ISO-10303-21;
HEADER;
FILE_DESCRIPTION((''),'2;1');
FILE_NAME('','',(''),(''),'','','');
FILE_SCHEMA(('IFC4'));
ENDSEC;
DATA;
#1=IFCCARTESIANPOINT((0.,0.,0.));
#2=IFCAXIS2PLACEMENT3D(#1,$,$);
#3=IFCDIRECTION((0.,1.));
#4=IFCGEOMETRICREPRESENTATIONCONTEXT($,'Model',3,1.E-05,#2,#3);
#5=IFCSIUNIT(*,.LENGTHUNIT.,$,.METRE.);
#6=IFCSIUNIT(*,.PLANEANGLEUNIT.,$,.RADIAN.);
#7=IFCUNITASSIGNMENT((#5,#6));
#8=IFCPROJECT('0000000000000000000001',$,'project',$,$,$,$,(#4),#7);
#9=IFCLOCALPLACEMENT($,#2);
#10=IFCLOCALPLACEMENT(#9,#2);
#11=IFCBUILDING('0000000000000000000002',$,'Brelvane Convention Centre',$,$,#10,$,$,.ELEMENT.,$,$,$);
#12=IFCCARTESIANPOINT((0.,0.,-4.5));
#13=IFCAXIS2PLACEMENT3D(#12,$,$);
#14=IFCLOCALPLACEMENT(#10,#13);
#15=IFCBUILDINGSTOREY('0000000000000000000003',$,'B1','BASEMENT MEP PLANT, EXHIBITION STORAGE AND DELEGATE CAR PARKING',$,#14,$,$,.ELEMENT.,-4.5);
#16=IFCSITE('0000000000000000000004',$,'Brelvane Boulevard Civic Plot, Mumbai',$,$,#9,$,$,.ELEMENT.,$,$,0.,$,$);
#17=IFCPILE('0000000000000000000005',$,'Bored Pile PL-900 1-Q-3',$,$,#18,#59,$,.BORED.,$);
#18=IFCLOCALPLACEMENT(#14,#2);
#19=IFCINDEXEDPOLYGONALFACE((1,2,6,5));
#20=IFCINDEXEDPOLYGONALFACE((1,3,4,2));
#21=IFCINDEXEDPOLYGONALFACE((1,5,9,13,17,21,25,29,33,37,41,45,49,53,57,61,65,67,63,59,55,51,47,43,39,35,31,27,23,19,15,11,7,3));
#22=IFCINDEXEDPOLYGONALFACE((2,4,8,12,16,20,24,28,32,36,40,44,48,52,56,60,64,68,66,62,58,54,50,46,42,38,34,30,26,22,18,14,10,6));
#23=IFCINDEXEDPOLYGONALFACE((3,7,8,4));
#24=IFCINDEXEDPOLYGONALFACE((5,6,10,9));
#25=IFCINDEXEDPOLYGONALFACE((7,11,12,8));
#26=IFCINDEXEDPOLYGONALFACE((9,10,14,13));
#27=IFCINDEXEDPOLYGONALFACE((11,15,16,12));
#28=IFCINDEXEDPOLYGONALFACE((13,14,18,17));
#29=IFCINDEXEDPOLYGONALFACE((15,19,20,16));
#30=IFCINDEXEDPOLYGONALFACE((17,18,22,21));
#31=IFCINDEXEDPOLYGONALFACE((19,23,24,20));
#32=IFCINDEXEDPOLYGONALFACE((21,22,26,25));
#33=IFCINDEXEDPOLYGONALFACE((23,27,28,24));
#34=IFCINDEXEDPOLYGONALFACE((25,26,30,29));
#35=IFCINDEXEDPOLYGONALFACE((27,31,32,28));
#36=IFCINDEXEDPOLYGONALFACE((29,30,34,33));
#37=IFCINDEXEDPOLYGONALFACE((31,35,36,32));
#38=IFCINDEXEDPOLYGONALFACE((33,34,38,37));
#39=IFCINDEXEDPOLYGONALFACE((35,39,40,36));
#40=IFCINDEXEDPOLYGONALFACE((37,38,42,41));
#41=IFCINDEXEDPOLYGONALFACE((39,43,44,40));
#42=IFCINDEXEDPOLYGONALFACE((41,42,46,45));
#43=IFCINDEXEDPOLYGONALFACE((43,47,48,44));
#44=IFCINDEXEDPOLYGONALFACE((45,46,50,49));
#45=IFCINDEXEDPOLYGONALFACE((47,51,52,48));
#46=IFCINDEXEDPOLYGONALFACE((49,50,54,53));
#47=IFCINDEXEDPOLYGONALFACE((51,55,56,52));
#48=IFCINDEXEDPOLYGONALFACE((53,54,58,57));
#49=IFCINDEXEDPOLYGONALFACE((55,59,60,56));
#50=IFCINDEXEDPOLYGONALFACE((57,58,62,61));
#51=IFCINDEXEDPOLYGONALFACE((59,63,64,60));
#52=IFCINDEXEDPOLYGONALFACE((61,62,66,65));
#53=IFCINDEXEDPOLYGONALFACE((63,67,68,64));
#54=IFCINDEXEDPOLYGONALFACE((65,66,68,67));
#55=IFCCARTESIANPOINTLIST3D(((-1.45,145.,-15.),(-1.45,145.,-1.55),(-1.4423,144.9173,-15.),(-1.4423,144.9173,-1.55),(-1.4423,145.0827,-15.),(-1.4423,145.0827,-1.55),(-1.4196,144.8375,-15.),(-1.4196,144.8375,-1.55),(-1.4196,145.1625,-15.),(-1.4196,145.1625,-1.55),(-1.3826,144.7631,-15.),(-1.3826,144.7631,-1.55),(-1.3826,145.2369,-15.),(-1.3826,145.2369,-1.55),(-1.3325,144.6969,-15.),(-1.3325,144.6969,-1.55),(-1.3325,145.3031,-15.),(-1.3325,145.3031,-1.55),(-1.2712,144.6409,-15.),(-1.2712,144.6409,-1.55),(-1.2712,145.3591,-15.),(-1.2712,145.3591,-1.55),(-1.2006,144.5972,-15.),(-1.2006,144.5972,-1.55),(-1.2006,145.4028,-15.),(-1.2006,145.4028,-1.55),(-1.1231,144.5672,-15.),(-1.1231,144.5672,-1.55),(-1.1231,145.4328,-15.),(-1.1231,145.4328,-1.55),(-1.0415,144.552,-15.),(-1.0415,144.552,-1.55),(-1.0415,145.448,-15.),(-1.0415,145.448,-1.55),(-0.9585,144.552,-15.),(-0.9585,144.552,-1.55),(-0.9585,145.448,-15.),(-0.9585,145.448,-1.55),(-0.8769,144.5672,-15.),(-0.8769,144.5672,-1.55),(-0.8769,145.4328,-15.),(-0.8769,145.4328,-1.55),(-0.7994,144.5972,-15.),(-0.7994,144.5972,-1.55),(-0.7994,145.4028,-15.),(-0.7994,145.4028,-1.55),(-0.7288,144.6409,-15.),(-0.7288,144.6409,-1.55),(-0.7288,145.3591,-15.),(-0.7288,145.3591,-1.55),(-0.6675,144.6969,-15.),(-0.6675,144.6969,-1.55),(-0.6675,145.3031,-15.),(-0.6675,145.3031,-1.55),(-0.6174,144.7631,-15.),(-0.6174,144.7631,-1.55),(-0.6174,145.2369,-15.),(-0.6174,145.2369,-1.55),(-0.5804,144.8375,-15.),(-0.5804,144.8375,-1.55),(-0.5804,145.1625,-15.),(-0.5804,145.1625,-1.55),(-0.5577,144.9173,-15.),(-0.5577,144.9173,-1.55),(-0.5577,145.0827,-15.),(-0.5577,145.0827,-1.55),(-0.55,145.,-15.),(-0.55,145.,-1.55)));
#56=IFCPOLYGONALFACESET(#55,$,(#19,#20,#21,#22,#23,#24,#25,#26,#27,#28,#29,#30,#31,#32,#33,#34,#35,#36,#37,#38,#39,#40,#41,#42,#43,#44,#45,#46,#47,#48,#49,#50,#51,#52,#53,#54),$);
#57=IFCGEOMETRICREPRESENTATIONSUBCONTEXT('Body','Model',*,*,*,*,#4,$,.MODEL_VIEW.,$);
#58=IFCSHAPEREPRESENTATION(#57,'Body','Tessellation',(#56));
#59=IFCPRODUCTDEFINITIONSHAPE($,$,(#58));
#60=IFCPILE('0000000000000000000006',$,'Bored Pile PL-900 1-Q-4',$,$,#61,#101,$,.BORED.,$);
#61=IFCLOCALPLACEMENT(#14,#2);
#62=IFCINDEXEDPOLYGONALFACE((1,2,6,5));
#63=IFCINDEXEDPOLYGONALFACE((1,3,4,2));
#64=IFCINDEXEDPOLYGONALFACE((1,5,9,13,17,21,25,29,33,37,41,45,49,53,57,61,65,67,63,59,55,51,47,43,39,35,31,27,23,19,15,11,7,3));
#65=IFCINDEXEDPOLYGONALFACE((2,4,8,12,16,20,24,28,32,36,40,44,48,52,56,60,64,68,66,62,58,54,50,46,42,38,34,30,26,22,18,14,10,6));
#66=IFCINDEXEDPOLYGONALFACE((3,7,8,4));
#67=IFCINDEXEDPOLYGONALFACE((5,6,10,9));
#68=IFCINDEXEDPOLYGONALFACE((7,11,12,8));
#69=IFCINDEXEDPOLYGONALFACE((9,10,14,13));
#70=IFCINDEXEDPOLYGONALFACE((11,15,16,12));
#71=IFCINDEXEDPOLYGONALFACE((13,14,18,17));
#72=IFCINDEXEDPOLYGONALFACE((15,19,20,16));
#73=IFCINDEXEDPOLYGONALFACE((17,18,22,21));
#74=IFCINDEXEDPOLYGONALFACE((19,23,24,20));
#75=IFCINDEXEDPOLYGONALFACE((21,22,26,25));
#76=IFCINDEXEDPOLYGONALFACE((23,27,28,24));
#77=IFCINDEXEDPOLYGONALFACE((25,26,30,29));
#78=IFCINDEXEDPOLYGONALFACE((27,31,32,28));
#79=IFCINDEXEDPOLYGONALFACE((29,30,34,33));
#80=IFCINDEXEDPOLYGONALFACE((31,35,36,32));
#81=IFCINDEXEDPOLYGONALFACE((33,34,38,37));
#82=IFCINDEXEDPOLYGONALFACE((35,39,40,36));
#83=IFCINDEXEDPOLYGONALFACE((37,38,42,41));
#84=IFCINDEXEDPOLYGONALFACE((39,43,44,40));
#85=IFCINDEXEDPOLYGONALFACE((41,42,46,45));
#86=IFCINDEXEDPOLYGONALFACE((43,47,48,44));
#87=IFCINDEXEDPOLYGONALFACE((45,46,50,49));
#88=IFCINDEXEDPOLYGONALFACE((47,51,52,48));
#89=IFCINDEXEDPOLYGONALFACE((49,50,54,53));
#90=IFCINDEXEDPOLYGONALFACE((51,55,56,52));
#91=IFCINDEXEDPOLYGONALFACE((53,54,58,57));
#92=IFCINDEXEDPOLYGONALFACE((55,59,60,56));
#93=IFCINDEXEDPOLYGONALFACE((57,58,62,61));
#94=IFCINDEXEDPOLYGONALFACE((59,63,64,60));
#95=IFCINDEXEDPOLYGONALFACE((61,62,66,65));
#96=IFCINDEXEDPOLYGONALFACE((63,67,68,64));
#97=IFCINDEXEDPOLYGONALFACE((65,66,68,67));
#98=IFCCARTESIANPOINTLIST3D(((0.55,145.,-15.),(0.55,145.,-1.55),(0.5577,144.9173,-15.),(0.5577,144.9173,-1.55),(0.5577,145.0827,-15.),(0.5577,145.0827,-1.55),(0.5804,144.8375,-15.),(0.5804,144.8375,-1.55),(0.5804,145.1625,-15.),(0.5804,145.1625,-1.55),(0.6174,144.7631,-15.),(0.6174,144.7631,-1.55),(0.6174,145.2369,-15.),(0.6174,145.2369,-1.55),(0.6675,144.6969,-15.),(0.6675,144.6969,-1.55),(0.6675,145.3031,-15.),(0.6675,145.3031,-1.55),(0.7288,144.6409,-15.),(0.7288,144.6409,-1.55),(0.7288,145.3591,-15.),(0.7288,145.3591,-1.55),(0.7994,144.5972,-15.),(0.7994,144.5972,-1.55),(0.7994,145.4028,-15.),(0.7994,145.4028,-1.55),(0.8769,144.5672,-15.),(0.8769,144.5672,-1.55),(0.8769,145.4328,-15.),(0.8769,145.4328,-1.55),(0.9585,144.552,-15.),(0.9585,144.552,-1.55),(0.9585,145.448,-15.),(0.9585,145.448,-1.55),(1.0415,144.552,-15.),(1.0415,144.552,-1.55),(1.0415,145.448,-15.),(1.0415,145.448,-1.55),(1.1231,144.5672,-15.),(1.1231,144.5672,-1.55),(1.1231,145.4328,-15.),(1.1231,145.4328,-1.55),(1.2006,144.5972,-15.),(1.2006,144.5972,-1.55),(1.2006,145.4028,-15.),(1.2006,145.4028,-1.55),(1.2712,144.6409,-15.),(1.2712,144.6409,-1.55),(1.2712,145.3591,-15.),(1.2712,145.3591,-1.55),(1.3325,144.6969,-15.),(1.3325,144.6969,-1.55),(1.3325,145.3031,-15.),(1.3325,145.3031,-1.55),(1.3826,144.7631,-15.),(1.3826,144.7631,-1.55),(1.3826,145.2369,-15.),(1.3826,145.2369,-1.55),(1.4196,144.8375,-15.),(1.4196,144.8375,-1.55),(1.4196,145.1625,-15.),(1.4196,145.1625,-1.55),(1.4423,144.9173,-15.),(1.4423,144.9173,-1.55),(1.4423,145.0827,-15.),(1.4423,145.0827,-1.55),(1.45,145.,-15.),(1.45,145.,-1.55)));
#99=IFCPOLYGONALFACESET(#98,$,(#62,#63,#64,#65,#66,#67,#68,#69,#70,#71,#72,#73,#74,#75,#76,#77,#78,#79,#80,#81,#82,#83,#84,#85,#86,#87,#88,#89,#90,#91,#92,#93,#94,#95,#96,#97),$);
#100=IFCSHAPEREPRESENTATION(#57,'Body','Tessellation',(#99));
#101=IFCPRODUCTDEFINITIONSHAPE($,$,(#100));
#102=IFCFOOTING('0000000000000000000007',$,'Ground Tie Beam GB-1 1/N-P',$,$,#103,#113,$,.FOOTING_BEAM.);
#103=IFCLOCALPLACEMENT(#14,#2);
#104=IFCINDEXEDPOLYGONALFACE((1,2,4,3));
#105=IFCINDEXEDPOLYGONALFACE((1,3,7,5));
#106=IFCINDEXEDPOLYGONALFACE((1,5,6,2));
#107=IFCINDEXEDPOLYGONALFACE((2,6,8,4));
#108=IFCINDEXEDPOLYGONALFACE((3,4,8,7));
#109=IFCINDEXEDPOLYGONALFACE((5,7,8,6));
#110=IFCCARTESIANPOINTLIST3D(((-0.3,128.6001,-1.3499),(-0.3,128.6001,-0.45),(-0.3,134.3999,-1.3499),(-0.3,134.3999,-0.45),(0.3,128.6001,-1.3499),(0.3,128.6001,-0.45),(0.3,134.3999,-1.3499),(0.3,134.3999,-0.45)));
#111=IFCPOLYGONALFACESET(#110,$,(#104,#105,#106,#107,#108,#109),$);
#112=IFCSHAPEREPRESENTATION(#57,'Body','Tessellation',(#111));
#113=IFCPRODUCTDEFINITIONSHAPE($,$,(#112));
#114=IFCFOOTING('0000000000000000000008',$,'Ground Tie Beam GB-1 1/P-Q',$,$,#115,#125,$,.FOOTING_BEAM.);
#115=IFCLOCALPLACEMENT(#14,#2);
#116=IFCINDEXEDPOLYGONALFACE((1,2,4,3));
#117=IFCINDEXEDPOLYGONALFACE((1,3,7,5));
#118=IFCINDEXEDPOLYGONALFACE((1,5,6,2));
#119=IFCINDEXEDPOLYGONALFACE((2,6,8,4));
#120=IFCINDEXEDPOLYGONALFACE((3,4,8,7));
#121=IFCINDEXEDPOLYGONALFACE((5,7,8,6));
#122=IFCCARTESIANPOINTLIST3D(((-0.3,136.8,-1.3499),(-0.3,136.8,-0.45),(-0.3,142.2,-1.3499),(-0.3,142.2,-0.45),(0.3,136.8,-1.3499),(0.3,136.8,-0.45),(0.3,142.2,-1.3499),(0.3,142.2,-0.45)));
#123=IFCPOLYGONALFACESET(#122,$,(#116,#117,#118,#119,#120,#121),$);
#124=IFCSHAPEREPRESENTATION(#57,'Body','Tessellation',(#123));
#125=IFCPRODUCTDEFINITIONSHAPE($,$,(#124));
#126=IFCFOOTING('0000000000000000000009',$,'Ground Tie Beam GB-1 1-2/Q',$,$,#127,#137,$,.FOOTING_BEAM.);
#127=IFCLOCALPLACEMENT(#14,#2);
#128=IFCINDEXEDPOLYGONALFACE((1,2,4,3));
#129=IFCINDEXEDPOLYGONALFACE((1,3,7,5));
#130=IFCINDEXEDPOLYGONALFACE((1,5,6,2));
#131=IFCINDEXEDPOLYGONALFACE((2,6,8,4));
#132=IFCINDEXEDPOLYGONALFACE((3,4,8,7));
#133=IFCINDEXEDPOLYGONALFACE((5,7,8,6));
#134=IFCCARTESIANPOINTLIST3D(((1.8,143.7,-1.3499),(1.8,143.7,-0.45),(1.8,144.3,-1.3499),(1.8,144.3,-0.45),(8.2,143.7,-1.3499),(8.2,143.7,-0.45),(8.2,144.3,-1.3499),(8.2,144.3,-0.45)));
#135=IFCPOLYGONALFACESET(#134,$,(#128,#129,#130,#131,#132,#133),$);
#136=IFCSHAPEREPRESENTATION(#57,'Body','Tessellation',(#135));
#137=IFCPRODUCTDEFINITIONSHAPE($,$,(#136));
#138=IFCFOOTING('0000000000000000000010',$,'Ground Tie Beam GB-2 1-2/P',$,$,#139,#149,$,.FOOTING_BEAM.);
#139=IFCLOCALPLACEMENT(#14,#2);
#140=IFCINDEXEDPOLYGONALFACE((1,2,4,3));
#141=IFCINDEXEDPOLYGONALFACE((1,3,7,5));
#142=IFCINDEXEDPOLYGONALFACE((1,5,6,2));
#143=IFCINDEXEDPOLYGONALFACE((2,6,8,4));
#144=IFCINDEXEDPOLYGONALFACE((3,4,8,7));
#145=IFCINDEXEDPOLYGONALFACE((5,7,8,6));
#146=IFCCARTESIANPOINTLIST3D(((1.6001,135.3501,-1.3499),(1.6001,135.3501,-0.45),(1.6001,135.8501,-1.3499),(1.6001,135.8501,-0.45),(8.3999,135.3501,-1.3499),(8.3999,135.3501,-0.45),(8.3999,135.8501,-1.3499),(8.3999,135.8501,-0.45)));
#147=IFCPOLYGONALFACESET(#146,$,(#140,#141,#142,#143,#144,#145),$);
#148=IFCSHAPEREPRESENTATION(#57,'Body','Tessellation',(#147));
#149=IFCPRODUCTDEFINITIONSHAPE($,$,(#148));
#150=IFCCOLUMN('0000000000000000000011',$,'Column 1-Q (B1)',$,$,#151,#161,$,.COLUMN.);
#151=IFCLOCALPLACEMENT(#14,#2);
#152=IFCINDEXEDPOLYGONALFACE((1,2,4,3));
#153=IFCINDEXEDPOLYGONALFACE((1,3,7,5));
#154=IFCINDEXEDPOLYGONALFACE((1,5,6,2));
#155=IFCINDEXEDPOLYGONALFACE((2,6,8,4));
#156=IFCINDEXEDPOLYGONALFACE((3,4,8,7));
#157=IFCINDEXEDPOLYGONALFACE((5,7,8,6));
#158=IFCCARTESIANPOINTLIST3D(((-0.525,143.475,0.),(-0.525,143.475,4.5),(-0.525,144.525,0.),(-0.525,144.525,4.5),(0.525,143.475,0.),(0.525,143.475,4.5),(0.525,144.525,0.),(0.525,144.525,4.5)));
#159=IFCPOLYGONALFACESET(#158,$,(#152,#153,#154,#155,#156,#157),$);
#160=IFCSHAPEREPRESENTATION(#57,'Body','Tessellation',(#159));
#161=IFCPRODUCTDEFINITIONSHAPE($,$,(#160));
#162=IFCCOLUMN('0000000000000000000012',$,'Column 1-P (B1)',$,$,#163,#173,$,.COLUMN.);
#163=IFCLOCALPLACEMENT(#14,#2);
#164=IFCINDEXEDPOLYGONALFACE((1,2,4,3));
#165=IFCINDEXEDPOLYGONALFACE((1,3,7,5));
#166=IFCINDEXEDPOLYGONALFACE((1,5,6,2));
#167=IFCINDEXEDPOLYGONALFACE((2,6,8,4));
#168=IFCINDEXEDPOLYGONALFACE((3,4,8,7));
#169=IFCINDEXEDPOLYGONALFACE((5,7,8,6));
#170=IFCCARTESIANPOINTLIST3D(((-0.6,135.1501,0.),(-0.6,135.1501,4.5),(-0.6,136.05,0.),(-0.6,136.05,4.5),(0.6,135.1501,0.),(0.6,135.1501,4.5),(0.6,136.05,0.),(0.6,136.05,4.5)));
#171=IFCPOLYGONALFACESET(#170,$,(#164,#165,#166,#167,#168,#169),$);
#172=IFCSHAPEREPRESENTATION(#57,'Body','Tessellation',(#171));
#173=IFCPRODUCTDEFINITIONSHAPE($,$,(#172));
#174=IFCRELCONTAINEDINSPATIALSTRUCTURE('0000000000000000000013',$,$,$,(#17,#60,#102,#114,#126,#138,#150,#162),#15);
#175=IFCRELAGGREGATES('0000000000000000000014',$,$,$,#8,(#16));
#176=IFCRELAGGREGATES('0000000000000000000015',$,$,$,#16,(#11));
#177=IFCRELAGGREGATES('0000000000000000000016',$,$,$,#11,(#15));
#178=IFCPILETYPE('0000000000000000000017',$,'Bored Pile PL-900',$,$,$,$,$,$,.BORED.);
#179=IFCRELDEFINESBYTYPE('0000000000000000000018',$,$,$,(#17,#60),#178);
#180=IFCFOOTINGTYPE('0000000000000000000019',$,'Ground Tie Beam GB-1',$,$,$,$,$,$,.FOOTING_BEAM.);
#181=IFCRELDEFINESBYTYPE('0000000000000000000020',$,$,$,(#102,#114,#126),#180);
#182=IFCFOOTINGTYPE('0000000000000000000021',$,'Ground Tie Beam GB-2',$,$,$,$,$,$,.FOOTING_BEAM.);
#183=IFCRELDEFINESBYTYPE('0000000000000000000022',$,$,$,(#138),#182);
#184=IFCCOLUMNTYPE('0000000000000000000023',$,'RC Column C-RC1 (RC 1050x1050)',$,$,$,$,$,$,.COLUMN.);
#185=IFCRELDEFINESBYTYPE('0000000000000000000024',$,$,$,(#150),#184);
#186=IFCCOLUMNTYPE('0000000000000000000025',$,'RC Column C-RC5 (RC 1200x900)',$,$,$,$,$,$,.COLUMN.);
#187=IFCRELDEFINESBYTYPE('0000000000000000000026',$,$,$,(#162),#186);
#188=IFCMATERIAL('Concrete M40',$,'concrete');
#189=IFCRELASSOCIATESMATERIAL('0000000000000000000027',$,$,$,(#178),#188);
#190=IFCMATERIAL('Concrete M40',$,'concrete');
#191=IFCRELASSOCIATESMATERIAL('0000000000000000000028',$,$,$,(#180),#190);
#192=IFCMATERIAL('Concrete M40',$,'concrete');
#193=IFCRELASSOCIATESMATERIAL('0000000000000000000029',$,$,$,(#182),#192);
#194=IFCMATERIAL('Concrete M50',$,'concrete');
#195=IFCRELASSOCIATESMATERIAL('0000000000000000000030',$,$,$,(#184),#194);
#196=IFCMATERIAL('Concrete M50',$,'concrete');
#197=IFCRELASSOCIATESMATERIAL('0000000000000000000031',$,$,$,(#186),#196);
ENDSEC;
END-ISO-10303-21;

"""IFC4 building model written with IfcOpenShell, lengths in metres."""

from ifc_helpers import new_model, si_unit, direction, frame, origin, origin_2d, place, context, subcontext, project, spatial, rectangle, circle, extrude, material, material_profile, profile_set, type_object, element, save


model = new_model("IFC4")

# Units and contexts
model_context = context("Model", 3, precision=1e-05, world=origin(), true_north=direction((0.0, 1.0)))
body_context = subcontext(model_context, "Body", "Model", "MODEL_VIEW")
ifc_project = project(units=[si_unit("LENGTHUNIT", "METRE"), si_unit("PLANEANGLEUNIT", "RADIAN")], contexts=[model_context])

# Site, building, storey
site_placement = place(None, origin())
site = spatial("IfcSite", under=ifc_project, at=site_placement, Name="Brelvane Boulevard Civic Plot, Mumbai", CompositionType="ELEMENT", RefElevation=0.0)
building_placement = place(site_placement, origin())
building = spatial("IfcBuilding", under=site, at=building_placement, Name="Brelvane Convention Centre", CompositionType="ELEMENT")
storey_placement = place(building_placement, frame((0.0, 0.0, -4.5)))
storey = spatial("IfcBuildingStorey", under=building, at=storey_placement, Name="B1", Description="BASEMENT MEP PLANT, EXHIBITION STORAGE AND DELEGATE CAR PARKING", CompositionType="ELEMENT", Elevation=-4.5)

# Piles
ifc_material_1 = material(Name="Concrete M40", Category="concrete")
ifc_material_profile_1 = material_profile(ifc_material_1, circle(Radius=0.45, at=origin_2d()), Name="PILE D900")
ifc_profile_set_1 = profile_set([ifc_material_profile_1], Name="Concrete M40")
pile_type = type_object("IfcPileType", Name="Bored Pile PL-900", PredefinedType="BORED", material=ifc_profile_set_1)
for number, where, z_axis, x_axis, name in (
    (1, (-1.0, 145.0, -1.55), (0.0, 0.0, -1.0), (1.0, 0.0, 0.0), "Bored Pile PL-900 1-Q-3"),
    (2, (1.0, 145.0, -1.55), (0.0, 0.0, -1.0), (1.0, 0.0, 0.0), "Bored Pile PL-900 1-Q-4"),
):
    element("IfcPile", number, at=place(storey_placement, frame(where, z_axis=z_axis, x_axis=x_axis)), inside=storey, type_object=pile_type, Name=name, PredefinedType="BORED", context=body_context, shape_type="SweptSolid", body=[
        extrude(circle(Radius=0.45, at=origin_2d()), origin(), (0.0, 0.0, 1.0), 13.45),
    ])

# Footings
ifc_material_2 = material(Name="Concrete M40", Category="concrete")
ifc_material_profile_2 = material_profile(ifc_material_2, rectangle(XDim=0.6001, YDim=0.8999, at=origin_2d()), Name="RC 600x900")
ifc_profile_set_2 = profile_set([ifc_material_profile_2], Name="Concrete M40")
footing_type_1 = type_object("IfcFootingType", Name="Ground Tie Beam GB-1", PredefinedType="FOOTING_BEAM", material=ifc_profile_set_2)
footing_1_placement = place(storey_placement, frame((0.0, 128.6001, -0.8999), z_axis=(0.0, 1.0, 0.0), x_axis=(-1.0, 0.0, 0.0)))
element("IfcFooting", 3, at=footing_1_placement, inside=storey, type_object=footing_type_1, Name="Ground Tie Beam GB-1 1/N-P", PredefinedType="FOOTING_BEAM", context=body_context, shape_type="SweptSolid", body=[
    extrude(rectangle(XDim=0.6001, YDim=0.8999, at=origin_2d()), origin(), (0.0, 0.0, 1.0), 5.7998),
])
footing_2_placement = place(storey_placement, frame((0.0, 136.8, -0.8999), z_axis=(0.0, 1.0, 0.0), x_axis=(-1.0, 0.0, 0.0)))
element("IfcFooting", 4, at=footing_2_placement, inside=storey, type_object=footing_type_1, Name="Ground Tie Beam GB-1 1/P-Q", PredefinedType="FOOTING_BEAM", context=body_context, shape_type="SweptSolid", body=[
    extrude(rectangle(XDim=0.6001, YDim=0.8999, at=origin_2d()), origin(), (0.0, 0.0, 1.0), 5.3999),
])
footing_3_placement = place(storey_placement, frame((1.8, 144.0, -0.8999), z_axis=(1.0, 0.0, 0.0), x_axis=(0.0, 1.0, 0.0)))
element("IfcFooting", 5, at=footing_3_placement, inside=storey, type_object=footing_type_1, Name="Ground Tie Beam GB-1 1-2/Q", PredefinedType="FOOTING_BEAM", context=body_context, shape_type="SweptSolid", body=[
    extrude(rectangle(XDim=0.6001, YDim=0.8999, at=origin_2d()), origin(), (0.0, 0.0, 1.0), 6.3999),
])
ifc_material_3 = material(Name="Concrete M40", Category="concrete")
ifc_material_profile_3 = material_profile(ifc_material_3, rectangle(XDim=0.5, YDim=0.8999, at=origin_2d()), Name="RC 500x900")
ifc_profile_set_3 = profile_set([ifc_material_profile_3], Name="Concrete M40")
footing_type_2 = type_object("IfcFootingType", Name="Ground Tie Beam GB-2", PredefinedType="FOOTING_BEAM", material=ifc_profile_set_3)
footing_4_placement = place(storey_placement, frame((1.6001, 135.6001, -0.8999), z_axis=(1.0, 0.0, 0.0), x_axis=(0.0, 1.0, 0.0)))
element("IfcFooting", 6, at=footing_4_placement, inside=storey, type_object=footing_type_2, Name="Ground Tie Beam GB-2 1-2/P", PredefinedType="FOOTING_BEAM", context=body_context, shape_type="SweptSolid", body=[
    extrude(rectangle(XDim=0.5, YDim=0.8999, at=origin_2d()), origin(), (0.0, 0.0, 1.0), 6.7998),
])

# Columns
ifc_material_4 = material(Name="Concrete M50", Category="concrete")
ifc_material_profile_4 = material_profile(ifc_material_4, rectangle(XDim=1.05, YDim=1.05, at=origin_2d()), Name="RC 1050x1050")
ifc_profile_set_4 = profile_set([ifc_material_profile_4], Name="Concrete M50")
column_type_1 = type_object("IfcColumnType", Name="RC Column C-RC1 (RC 1050x1050)", PredefinedType="COLUMN", material=ifc_profile_set_4)
column_1_placement = place(storey_placement, frame((0.0, 144.0, 0.0), z_axis=(0.0, 0.0, 1.0), x_axis=(1.0, 0.0, 0.0)))
element("IfcColumn", 7, at=column_1_placement, inside=storey, type_object=column_type_1, Name="Column 1-Q (B1)", PredefinedType="COLUMN", context=body_context, shape_type="SweptSolid", body=[
    extrude(rectangle(XDim=1.05, YDim=1.05, at=origin_2d()), origin(), (0.0, 0.0, 1.0), 4.5),
])
ifc_material_5 = material(Name="Concrete M50", Category="concrete")
ifc_material_profile_5 = material_profile(ifc_material_5, rectangle(XDim=1.2, YDim=0.8999, at=origin_2d()), Name="RC 1200x900")
ifc_profile_set_5 = profile_set([ifc_material_profile_5], Name="Concrete M50")
column_type_2 = type_object("IfcColumnType", Name="RC Column C-RC5 (RC 1200x900)", PredefinedType="COLUMN", material=ifc_profile_set_5)
column_2_placement = place(storey_placement, frame((0.0, 135.6001, 0.0), z_axis=(0.0, 0.0, 1.0), x_axis=(1.0, 0.0, 0.0)))
element("IfcColumn", 8, at=column_2_placement, inside=storey, type_object=column_type_2, Name="Column 1-P (B1)", PredefinedType="COLUMN", context=body_context, shape_type="SweptSolid", body=[
    extrude(rectangle(XDim=1.2, YDim=0.8999, at=origin_2d()), origin(), (0.0, 0.0, 1.0), 4.5),
])

save(model, "model.ifc")
